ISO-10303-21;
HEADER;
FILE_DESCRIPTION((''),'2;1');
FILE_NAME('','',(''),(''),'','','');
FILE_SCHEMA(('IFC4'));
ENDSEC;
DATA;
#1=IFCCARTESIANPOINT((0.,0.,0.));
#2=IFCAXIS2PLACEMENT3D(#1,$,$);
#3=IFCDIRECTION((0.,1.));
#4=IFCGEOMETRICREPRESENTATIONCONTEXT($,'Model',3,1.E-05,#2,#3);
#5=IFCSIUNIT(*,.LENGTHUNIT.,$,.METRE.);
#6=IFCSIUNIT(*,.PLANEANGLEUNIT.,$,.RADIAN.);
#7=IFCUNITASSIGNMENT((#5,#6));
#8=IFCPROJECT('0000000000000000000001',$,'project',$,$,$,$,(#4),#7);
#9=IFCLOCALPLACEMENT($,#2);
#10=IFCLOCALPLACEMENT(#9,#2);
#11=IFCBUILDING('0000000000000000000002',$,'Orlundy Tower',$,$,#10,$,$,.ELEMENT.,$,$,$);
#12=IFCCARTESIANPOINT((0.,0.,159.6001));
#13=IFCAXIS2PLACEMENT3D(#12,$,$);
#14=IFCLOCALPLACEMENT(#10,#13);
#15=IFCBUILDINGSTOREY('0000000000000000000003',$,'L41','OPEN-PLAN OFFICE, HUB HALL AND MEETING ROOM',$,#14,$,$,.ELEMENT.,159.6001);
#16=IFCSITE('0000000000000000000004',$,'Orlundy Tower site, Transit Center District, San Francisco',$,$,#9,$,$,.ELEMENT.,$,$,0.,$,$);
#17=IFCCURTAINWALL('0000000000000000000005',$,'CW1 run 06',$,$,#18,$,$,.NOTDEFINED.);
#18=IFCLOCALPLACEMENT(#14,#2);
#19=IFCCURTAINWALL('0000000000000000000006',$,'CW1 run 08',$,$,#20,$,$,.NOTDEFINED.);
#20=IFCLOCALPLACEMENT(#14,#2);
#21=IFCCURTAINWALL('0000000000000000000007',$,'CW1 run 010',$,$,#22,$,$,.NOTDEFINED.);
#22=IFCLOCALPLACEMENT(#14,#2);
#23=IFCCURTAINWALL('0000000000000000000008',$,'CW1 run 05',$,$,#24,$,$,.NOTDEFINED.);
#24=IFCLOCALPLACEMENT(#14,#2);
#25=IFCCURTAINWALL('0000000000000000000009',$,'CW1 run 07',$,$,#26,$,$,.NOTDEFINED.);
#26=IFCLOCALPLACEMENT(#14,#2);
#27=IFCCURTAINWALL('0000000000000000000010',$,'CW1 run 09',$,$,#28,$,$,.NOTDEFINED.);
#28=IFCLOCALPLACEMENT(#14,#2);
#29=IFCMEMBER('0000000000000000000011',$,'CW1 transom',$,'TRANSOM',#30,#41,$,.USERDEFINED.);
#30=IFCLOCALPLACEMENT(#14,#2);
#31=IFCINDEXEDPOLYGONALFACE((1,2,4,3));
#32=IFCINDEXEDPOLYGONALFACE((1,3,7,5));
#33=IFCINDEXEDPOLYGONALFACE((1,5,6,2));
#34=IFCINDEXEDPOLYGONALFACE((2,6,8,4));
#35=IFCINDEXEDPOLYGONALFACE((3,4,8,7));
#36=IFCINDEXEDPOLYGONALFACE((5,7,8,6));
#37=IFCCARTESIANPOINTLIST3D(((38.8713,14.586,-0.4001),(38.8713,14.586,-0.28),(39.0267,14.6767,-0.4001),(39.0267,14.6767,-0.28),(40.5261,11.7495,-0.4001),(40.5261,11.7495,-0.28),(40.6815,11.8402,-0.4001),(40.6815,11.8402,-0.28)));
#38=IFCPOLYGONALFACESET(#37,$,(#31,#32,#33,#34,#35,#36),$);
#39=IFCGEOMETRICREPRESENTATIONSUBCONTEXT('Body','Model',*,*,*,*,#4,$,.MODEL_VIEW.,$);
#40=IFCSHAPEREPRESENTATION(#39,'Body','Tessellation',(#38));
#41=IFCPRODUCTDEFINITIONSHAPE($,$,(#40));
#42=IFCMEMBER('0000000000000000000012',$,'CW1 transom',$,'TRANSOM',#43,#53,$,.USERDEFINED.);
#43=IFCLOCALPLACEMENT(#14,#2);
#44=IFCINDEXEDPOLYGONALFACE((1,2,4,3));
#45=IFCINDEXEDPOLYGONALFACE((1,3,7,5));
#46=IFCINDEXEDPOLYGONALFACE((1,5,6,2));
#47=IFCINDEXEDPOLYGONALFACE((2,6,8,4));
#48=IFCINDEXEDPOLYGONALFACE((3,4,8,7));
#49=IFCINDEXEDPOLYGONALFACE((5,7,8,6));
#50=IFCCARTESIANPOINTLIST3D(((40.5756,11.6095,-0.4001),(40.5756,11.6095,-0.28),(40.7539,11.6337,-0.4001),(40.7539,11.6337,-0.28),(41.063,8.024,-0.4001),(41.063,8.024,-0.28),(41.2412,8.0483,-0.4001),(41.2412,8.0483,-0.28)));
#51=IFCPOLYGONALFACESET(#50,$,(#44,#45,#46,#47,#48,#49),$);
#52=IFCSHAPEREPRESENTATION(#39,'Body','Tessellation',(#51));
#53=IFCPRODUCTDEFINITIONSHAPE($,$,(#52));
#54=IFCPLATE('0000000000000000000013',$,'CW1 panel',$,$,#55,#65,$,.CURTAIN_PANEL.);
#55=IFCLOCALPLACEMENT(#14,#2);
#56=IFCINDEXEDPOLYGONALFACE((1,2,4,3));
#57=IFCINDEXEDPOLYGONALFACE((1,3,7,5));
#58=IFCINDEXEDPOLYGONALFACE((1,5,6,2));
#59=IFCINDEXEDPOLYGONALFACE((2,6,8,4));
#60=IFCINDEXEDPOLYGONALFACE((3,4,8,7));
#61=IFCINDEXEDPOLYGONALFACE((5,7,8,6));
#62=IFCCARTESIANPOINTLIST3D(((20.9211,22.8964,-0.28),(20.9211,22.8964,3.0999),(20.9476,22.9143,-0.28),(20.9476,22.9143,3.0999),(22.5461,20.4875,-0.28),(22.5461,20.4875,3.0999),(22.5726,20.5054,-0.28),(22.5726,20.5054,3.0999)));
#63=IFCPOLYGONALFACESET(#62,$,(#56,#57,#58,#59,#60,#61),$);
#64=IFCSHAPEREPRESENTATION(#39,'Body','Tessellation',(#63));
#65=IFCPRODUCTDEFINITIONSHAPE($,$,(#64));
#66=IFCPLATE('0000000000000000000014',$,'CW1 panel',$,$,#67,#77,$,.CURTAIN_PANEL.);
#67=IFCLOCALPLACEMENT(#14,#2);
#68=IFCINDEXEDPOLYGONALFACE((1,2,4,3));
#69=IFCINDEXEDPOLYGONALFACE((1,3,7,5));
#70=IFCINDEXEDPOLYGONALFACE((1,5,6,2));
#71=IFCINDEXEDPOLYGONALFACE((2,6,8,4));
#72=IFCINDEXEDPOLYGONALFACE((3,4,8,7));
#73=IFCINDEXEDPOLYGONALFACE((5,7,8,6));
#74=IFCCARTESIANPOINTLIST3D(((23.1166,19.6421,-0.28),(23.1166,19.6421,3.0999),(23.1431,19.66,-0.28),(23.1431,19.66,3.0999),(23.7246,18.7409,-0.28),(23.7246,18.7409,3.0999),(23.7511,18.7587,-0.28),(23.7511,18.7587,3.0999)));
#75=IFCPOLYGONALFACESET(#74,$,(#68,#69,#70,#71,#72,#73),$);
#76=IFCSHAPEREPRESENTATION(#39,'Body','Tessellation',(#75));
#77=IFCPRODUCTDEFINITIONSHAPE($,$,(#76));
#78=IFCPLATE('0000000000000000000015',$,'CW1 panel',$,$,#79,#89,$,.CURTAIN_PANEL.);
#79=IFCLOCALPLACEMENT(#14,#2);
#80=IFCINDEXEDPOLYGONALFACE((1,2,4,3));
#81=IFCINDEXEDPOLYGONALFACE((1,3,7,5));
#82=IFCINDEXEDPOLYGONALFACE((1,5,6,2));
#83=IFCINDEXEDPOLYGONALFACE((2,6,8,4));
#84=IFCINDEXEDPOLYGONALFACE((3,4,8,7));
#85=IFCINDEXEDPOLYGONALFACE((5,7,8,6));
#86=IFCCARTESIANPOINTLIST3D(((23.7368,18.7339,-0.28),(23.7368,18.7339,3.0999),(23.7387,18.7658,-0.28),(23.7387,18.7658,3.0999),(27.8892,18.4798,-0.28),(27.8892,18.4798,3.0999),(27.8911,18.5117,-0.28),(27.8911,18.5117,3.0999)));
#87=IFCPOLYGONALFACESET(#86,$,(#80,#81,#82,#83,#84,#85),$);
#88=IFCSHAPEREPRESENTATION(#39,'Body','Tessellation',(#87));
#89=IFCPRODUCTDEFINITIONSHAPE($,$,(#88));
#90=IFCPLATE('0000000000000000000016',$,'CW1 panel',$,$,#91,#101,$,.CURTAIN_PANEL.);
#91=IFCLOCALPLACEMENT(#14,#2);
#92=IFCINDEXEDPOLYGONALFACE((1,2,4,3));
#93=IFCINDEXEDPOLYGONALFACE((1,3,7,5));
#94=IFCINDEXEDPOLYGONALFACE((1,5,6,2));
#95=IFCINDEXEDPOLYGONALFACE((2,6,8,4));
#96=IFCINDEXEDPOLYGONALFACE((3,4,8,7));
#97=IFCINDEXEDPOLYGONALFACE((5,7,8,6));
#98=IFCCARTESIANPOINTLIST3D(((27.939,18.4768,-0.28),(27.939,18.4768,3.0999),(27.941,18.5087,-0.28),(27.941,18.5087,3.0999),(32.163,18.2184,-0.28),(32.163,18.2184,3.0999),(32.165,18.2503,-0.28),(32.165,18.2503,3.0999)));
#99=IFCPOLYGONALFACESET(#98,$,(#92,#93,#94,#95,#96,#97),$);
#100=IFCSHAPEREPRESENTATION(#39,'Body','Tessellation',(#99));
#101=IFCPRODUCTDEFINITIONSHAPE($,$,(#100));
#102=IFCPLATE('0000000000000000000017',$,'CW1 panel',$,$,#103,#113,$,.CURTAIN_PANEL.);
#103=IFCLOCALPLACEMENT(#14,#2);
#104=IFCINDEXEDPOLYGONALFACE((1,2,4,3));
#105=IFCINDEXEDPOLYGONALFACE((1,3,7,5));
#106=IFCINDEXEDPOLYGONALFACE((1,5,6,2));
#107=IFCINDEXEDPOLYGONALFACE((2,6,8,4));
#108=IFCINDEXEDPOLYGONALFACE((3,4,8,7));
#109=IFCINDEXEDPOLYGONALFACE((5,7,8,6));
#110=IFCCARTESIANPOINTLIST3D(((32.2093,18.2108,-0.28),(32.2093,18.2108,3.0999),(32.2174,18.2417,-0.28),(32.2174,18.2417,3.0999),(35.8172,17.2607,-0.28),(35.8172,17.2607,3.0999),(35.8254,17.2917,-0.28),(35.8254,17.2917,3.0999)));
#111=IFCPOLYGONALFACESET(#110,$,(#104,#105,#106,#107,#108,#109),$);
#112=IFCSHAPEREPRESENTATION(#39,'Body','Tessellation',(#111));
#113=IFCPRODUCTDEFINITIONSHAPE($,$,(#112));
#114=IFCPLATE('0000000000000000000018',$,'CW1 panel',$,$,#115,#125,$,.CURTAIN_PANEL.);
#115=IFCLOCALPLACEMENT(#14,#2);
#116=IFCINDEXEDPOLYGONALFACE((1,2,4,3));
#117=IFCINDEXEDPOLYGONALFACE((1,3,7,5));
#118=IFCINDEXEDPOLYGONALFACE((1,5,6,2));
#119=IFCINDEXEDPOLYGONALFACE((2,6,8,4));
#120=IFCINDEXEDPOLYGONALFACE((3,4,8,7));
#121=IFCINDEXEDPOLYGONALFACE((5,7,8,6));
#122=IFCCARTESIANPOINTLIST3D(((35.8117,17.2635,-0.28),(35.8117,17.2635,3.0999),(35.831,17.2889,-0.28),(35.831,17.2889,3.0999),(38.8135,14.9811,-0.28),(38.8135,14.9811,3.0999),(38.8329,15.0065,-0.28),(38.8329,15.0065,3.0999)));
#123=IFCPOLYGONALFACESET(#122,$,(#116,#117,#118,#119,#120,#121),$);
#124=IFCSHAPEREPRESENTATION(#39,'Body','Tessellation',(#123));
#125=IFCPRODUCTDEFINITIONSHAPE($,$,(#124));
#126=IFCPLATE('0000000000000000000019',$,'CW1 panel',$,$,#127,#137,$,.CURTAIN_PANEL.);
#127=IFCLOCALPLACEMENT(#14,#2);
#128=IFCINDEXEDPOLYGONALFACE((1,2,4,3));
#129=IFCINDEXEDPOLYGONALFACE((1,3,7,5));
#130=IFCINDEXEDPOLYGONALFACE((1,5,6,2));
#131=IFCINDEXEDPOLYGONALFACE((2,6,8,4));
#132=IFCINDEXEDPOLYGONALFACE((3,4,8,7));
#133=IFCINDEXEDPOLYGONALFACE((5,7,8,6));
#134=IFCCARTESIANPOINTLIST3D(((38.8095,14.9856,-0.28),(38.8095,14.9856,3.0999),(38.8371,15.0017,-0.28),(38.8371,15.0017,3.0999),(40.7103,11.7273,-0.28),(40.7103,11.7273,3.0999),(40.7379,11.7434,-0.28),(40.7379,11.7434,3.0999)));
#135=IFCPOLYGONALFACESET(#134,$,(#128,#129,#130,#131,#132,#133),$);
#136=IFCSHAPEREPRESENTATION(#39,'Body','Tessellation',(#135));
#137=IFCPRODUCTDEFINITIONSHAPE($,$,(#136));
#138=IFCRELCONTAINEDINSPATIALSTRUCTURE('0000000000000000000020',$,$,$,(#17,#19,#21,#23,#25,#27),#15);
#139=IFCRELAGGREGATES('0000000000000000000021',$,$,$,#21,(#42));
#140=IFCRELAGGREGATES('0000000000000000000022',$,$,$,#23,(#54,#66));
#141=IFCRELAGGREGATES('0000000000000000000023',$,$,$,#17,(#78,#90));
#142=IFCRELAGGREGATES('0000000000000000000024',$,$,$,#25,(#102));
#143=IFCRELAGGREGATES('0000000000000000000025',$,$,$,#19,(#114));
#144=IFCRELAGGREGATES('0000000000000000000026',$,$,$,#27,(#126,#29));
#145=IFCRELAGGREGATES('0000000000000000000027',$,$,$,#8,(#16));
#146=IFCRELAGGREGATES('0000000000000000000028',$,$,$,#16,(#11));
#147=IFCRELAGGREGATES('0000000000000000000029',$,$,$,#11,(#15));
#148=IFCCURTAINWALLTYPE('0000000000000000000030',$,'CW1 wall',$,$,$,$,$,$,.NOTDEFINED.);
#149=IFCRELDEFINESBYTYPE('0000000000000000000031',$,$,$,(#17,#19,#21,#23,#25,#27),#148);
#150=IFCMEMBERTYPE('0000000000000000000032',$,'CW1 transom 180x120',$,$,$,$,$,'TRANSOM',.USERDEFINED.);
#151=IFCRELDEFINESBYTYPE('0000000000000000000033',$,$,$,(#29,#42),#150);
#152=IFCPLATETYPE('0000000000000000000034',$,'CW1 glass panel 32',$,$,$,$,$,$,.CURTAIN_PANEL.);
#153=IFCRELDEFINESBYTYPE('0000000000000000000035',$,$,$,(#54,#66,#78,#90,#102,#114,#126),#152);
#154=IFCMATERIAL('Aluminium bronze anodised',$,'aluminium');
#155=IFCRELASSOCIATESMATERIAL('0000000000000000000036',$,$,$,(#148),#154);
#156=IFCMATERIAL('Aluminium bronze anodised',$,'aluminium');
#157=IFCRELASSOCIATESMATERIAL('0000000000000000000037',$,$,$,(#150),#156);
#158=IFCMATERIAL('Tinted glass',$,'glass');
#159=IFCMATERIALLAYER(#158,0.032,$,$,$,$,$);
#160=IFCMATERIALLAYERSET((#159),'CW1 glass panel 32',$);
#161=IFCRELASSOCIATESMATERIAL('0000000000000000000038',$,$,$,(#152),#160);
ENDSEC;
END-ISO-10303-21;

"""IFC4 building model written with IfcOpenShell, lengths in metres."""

from ifc_helpers import new_model, si_unit, direction, frame, origin, origin_2d, place, context, subcontext, project, spatial, rectangle, extrude, material, layer, layer_set, material_profile, profile_set, type_object, element, aggregate, save


model = new_model("IFC4")

# Units and contexts
model_context = context("Model", 3, precision=1e-05, world=origin(), true_north=direction((0.0, 1.0)))
body_context = subcontext(model_context, "Body", "Model", "MODEL_VIEW")
ifc_project = project(units=[si_unit("LENGTHUNIT", "METRE"), si_unit("PLANEANGLEUNIT", "RADIAN")], contexts=[model_context])

# Site, building, storey
site_placement = place(None, origin())
site = spatial("IfcSite", under=ifc_project, at=site_placement, Name="Orlundy Tower site, Transit Center District, San Francisco", CompositionType="ELEMENT", RefElevation=0.0)
building_placement = place(site_placement, origin())
building = spatial("IfcBuilding", under=site, at=building_placement, Name="Orlundy Tower", CompositionType="ELEMENT")
storey_placement = place(building_placement, frame((0.0, 0.0, 159.6001)))
storey = spatial("IfcBuildingStorey", under=building, at=storey_placement, Name="L41", Description="OPEN-PLAN OFFICE, HUB HALL AND MEETING ROOM", CompositionType="ELEMENT", Elevation=159.6001)

# Curtain walls
ifc_material_1 = material(Name="Aluminium bronze anodised", Category="aluminium")
curtain_wall_type = type_object("IfcCurtainWallType", Name="CW1 wall", PredefinedType="NOTDEFINED", material=ifc_material_1)
curtain_wall_1_placement = place(storey_placement, origin())
curtain_wall_1 = element("IfcCurtainWall", 1, at=curtain_wall_1_placement, inside=storey, type_object=curtain_wall_type, Name="CW1 run 06", PredefinedType="NOTDEFINED")
curtain_wall_2_placement = place(storey_placement, origin())
curtain_wall_2 = element("IfcCurtainWall", 2, at=curtain_wall_2_placement, inside=storey, type_object=curtain_wall_type, Name="CW1 run 08", PredefinedType="NOTDEFINED")
curtain_wall_3_placement = place(storey_placement, origin())
curtain_wall_3 = element("IfcCurtainWall", 3, at=curtain_wall_3_placement, inside=storey, type_object=curtain_wall_type, Name="CW1 run 010", PredefinedType="NOTDEFINED")
curtain_wall_4_placement = place(storey_placement, origin())
curtain_wall_4 = element("IfcCurtainWall", 4, at=curtain_wall_4_placement, inside=storey, type_object=curtain_wall_type, Name="CW1 run 05", PredefinedType="NOTDEFINED")

# Curtain wall
curtain_wall_5_placement = place(storey_placement, origin())
curtain_wall_5 = element("IfcCurtainWall", 5, at=curtain_wall_5_placement, inside=storey, type_object=curtain_wall_type, Name="CW1 run 07", PredefinedType="NOTDEFINED")

# Shared definitions
ifc_material_2 = material(Name="Aluminium bronze anodised", Category="aluminium")
ifc_material_profile_1 = material_profile(ifc_material_2, rectangle(XDim=0.1799, YDim=0.1201, at=origin_2d()), Name="CW1 transom 180x120")
ifc_profile_set_1 = profile_set([ifc_material_profile_1], Name="Aluminium bronze anodised")
member_type_1 = type_object("IfcMemberType", Name="CW1 transom 180x120", ElementType="TRANSOM", PredefinedType="USERDEFINED", material=ifc_profile_set_1)

# Curtain wall, member
curtain_wall_6_placement = place(storey_placement, origin())
curtain_wall_6 = element("IfcCurtainWall", 6, at=curtain_wall_6_placement, inside=storey, type_object=curtain_wall_type, Name="CW1 run 09", PredefinedType="NOTDEFINED")
member_1_placement = place(storey_placement, frame((38.949, 14.6313, -0.3401), z_axis=(0.503917, -0.863752, 0.0), x_axis=(0.863752, 0.503917, 0.0)))
member_1 = element("IfcMember", 7, at=member_1_placement, type_object=member_type_1, Name="CW1 transom", ObjectType="TRANSOM", PredefinedType="USERDEFINED", context=body_context, shape_type="SweptSolid", body=[
    extrude(rectangle(XDim=0.1799, YDim=0.1201, at=origin_2d()), origin(), (0.0, 0.0, 1.0), 3.2839),
])

# Member
member_2_placement = place(storey_placement, frame((40.6648, 11.6216, -0.3401), z_axis=(0.134674, -0.99089, 0.0), x_axis=(0.99089, 0.134674, 0.0)))
member_2 = element("IfcMember", 8, at=member_2_placement, type_object=member_type_1, Name="CW1 transom", ObjectType="TRANSOM", PredefinedType="USERDEFINED", context=body_context, shape_type="SweptSolid", body=[
    extrude(rectangle(XDim=0.1799, YDim=0.1201, at=origin_2d()), origin(), (0.0, 0.0, 1.0), 3.6184),
])
aggregate(curtain_wall_3, [member_2])

# Plates
ifc_material_3 = material(Name="Tinted glass", Category="glass")
ifc_layer_1 = layer(ifc_material_3, 0.032)
ifc_layer_set_1 = layer_set([ifc_layer_1], Name="CW1 glass panel 32")
plate_type = type_object("IfcPlateType", Name="CW1 glass panel 32", PredefinedType="CURTAIN_PANEL", material=ifc_layer_set_1)
plate_1_placement = place(storey_placement, frame((21.7468, 21.7009, -0.28), z_axis=(0.0, 0.0, 1.0), x_axis=(0.559223, -0.829017, 0.0)))
plate_1 = element("IfcPlate", 9, at=plate_1_placement, type_object=plate_type, Name="CW1 panel", PredefinedType="CURTAIN_PANEL", context=body_context, shape_type="SweptSolid", body=[
    extrude(rectangle(XDim=2.9058, YDim=0.032, at=origin_2d()), origin(), (0.0, 0.0, 1.0), 3.3799),
])
plate_2_placement = place(storey_placement, frame((23.4338, 19.2004, -0.28), z_axis=(0.0, 0.0, 1.0), x_axis=(0.559223, -0.829017, 0.0)))
plate_2 = element("IfcPlate", 10, at=plate_2_placement, type_object=plate_type, Name="CW1 panel", PredefinedType="CURTAIN_PANEL", context=body_context, shape_type="SweptSolid", body=[
    extrude(rectangle(XDim=1.0872, YDim=0.032, at=origin_2d()), origin(), (0.0, 0.0, 1.0), 3.3799),
])
aggregate(curtain_wall_4, [plate_1, plate_2])
plate_3_placement = place(storey_placement, frame((25.814, 18.6228, -0.28), z_axis=(0.0, 0.0, 1.0), x_axis=(0.998134, -0.061065, 0.0)))
plate_3 = element("IfcPlate", 11, at=plate_3_placement, type_object=plate_type, Name="CW1 panel", PredefinedType="CURTAIN_PANEL", context=body_context, shape_type="SweptSolid", body=[
    extrude(rectangle(XDim=4.1602, YDim=0.032, at=origin_2d()), origin(), (0.0, 0.0, 1.0), 3.3799),
])
plate_4_placement = place(storey_placement, frame((30.052, 18.3635, -0.28), z_axis=(0.0, 0.0, 1.0), x_axis=(0.998134, -0.061065, 0.0)))
plate_4 = element("IfcPlate", 12, at=plate_4_placement, type_object=plate_type, Name="CW1 panel", PredefinedType="CURTAIN_PANEL", context=body_context, shape_type="SweptSolid", body=[
    extrude(rectangle(XDim=4.2319, YDim=0.032, at=origin_2d()), origin(), (0.0, 0.0, 1.0), 3.3799),
])
aggregate(curtain_wall_1, [plate_3, plate_4])
plate_5_placement = place(storey_placement, frame((34.0173, 17.7512, -0.28), z_axis=(0.0, 0.0, 1.0), x_axis=(0.967036, -0.254639, 0.0)))
plate_5 = element("IfcPlate", 13, at=plate_5_placement, type_object=plate_type, Name="CW1 panel", PredefinedType="CURTAIN_PANEL", context=body_context, shape_type="SweptSolid", body=[
    extrude(rectangle(XDim=3.731, YDim=0.032, at=origin_2d()), origin(), (0.0, 0.0, 1.0), 3.3799),
])
aggregate(curtain_wall_5, [plate_5])
plate_6_placement = place(storey_placement, frame((37.3223, 16.135, -0.28), z_axis=(0.0, 0.0, 1.0), x_axis=(0.796032, -0.605254, 0.0)))
plate_6 = element("IfcPlate", 14, at=plate_6_placement, type_object=plate_type, Name="CW1 panel", PredefinedType="CURTAIN_PANEL", context=body_context, shape_type="SweptSolid", body=[
    extrude(rectangle(XDim=3.771, YDim=0.032, at=origin_2d()), origin(), (0.0, 0.0, 1.0), 3.3799),
])
aggregate(curtain_wall_2, [plate_6])
plate_7_placement = place(storey_placement, frame((39.7737, 13.3645, -0.28), z_axis=(0.0, 0.0, 1.0), x_axis=(0.503905, -0.863759, 0.0)))
plate_7 = element("IfcPlate", 15, at=plate_7_placement, type_object=plate_type, Name="CW1 panel", PredefinedType="CURTAIN_PANEL", context=body_context, shape_type="SweptSolid", body=[
    extrude(rectangle(XDim=3.7722, YDim=0.032, at=origin_2d()), origin(), (0.0, 0.0, 1.0), 3.3799),
])
aggregate(curtain_wall_6, [plate_7, member_1])

save(model, "model.ifc")
